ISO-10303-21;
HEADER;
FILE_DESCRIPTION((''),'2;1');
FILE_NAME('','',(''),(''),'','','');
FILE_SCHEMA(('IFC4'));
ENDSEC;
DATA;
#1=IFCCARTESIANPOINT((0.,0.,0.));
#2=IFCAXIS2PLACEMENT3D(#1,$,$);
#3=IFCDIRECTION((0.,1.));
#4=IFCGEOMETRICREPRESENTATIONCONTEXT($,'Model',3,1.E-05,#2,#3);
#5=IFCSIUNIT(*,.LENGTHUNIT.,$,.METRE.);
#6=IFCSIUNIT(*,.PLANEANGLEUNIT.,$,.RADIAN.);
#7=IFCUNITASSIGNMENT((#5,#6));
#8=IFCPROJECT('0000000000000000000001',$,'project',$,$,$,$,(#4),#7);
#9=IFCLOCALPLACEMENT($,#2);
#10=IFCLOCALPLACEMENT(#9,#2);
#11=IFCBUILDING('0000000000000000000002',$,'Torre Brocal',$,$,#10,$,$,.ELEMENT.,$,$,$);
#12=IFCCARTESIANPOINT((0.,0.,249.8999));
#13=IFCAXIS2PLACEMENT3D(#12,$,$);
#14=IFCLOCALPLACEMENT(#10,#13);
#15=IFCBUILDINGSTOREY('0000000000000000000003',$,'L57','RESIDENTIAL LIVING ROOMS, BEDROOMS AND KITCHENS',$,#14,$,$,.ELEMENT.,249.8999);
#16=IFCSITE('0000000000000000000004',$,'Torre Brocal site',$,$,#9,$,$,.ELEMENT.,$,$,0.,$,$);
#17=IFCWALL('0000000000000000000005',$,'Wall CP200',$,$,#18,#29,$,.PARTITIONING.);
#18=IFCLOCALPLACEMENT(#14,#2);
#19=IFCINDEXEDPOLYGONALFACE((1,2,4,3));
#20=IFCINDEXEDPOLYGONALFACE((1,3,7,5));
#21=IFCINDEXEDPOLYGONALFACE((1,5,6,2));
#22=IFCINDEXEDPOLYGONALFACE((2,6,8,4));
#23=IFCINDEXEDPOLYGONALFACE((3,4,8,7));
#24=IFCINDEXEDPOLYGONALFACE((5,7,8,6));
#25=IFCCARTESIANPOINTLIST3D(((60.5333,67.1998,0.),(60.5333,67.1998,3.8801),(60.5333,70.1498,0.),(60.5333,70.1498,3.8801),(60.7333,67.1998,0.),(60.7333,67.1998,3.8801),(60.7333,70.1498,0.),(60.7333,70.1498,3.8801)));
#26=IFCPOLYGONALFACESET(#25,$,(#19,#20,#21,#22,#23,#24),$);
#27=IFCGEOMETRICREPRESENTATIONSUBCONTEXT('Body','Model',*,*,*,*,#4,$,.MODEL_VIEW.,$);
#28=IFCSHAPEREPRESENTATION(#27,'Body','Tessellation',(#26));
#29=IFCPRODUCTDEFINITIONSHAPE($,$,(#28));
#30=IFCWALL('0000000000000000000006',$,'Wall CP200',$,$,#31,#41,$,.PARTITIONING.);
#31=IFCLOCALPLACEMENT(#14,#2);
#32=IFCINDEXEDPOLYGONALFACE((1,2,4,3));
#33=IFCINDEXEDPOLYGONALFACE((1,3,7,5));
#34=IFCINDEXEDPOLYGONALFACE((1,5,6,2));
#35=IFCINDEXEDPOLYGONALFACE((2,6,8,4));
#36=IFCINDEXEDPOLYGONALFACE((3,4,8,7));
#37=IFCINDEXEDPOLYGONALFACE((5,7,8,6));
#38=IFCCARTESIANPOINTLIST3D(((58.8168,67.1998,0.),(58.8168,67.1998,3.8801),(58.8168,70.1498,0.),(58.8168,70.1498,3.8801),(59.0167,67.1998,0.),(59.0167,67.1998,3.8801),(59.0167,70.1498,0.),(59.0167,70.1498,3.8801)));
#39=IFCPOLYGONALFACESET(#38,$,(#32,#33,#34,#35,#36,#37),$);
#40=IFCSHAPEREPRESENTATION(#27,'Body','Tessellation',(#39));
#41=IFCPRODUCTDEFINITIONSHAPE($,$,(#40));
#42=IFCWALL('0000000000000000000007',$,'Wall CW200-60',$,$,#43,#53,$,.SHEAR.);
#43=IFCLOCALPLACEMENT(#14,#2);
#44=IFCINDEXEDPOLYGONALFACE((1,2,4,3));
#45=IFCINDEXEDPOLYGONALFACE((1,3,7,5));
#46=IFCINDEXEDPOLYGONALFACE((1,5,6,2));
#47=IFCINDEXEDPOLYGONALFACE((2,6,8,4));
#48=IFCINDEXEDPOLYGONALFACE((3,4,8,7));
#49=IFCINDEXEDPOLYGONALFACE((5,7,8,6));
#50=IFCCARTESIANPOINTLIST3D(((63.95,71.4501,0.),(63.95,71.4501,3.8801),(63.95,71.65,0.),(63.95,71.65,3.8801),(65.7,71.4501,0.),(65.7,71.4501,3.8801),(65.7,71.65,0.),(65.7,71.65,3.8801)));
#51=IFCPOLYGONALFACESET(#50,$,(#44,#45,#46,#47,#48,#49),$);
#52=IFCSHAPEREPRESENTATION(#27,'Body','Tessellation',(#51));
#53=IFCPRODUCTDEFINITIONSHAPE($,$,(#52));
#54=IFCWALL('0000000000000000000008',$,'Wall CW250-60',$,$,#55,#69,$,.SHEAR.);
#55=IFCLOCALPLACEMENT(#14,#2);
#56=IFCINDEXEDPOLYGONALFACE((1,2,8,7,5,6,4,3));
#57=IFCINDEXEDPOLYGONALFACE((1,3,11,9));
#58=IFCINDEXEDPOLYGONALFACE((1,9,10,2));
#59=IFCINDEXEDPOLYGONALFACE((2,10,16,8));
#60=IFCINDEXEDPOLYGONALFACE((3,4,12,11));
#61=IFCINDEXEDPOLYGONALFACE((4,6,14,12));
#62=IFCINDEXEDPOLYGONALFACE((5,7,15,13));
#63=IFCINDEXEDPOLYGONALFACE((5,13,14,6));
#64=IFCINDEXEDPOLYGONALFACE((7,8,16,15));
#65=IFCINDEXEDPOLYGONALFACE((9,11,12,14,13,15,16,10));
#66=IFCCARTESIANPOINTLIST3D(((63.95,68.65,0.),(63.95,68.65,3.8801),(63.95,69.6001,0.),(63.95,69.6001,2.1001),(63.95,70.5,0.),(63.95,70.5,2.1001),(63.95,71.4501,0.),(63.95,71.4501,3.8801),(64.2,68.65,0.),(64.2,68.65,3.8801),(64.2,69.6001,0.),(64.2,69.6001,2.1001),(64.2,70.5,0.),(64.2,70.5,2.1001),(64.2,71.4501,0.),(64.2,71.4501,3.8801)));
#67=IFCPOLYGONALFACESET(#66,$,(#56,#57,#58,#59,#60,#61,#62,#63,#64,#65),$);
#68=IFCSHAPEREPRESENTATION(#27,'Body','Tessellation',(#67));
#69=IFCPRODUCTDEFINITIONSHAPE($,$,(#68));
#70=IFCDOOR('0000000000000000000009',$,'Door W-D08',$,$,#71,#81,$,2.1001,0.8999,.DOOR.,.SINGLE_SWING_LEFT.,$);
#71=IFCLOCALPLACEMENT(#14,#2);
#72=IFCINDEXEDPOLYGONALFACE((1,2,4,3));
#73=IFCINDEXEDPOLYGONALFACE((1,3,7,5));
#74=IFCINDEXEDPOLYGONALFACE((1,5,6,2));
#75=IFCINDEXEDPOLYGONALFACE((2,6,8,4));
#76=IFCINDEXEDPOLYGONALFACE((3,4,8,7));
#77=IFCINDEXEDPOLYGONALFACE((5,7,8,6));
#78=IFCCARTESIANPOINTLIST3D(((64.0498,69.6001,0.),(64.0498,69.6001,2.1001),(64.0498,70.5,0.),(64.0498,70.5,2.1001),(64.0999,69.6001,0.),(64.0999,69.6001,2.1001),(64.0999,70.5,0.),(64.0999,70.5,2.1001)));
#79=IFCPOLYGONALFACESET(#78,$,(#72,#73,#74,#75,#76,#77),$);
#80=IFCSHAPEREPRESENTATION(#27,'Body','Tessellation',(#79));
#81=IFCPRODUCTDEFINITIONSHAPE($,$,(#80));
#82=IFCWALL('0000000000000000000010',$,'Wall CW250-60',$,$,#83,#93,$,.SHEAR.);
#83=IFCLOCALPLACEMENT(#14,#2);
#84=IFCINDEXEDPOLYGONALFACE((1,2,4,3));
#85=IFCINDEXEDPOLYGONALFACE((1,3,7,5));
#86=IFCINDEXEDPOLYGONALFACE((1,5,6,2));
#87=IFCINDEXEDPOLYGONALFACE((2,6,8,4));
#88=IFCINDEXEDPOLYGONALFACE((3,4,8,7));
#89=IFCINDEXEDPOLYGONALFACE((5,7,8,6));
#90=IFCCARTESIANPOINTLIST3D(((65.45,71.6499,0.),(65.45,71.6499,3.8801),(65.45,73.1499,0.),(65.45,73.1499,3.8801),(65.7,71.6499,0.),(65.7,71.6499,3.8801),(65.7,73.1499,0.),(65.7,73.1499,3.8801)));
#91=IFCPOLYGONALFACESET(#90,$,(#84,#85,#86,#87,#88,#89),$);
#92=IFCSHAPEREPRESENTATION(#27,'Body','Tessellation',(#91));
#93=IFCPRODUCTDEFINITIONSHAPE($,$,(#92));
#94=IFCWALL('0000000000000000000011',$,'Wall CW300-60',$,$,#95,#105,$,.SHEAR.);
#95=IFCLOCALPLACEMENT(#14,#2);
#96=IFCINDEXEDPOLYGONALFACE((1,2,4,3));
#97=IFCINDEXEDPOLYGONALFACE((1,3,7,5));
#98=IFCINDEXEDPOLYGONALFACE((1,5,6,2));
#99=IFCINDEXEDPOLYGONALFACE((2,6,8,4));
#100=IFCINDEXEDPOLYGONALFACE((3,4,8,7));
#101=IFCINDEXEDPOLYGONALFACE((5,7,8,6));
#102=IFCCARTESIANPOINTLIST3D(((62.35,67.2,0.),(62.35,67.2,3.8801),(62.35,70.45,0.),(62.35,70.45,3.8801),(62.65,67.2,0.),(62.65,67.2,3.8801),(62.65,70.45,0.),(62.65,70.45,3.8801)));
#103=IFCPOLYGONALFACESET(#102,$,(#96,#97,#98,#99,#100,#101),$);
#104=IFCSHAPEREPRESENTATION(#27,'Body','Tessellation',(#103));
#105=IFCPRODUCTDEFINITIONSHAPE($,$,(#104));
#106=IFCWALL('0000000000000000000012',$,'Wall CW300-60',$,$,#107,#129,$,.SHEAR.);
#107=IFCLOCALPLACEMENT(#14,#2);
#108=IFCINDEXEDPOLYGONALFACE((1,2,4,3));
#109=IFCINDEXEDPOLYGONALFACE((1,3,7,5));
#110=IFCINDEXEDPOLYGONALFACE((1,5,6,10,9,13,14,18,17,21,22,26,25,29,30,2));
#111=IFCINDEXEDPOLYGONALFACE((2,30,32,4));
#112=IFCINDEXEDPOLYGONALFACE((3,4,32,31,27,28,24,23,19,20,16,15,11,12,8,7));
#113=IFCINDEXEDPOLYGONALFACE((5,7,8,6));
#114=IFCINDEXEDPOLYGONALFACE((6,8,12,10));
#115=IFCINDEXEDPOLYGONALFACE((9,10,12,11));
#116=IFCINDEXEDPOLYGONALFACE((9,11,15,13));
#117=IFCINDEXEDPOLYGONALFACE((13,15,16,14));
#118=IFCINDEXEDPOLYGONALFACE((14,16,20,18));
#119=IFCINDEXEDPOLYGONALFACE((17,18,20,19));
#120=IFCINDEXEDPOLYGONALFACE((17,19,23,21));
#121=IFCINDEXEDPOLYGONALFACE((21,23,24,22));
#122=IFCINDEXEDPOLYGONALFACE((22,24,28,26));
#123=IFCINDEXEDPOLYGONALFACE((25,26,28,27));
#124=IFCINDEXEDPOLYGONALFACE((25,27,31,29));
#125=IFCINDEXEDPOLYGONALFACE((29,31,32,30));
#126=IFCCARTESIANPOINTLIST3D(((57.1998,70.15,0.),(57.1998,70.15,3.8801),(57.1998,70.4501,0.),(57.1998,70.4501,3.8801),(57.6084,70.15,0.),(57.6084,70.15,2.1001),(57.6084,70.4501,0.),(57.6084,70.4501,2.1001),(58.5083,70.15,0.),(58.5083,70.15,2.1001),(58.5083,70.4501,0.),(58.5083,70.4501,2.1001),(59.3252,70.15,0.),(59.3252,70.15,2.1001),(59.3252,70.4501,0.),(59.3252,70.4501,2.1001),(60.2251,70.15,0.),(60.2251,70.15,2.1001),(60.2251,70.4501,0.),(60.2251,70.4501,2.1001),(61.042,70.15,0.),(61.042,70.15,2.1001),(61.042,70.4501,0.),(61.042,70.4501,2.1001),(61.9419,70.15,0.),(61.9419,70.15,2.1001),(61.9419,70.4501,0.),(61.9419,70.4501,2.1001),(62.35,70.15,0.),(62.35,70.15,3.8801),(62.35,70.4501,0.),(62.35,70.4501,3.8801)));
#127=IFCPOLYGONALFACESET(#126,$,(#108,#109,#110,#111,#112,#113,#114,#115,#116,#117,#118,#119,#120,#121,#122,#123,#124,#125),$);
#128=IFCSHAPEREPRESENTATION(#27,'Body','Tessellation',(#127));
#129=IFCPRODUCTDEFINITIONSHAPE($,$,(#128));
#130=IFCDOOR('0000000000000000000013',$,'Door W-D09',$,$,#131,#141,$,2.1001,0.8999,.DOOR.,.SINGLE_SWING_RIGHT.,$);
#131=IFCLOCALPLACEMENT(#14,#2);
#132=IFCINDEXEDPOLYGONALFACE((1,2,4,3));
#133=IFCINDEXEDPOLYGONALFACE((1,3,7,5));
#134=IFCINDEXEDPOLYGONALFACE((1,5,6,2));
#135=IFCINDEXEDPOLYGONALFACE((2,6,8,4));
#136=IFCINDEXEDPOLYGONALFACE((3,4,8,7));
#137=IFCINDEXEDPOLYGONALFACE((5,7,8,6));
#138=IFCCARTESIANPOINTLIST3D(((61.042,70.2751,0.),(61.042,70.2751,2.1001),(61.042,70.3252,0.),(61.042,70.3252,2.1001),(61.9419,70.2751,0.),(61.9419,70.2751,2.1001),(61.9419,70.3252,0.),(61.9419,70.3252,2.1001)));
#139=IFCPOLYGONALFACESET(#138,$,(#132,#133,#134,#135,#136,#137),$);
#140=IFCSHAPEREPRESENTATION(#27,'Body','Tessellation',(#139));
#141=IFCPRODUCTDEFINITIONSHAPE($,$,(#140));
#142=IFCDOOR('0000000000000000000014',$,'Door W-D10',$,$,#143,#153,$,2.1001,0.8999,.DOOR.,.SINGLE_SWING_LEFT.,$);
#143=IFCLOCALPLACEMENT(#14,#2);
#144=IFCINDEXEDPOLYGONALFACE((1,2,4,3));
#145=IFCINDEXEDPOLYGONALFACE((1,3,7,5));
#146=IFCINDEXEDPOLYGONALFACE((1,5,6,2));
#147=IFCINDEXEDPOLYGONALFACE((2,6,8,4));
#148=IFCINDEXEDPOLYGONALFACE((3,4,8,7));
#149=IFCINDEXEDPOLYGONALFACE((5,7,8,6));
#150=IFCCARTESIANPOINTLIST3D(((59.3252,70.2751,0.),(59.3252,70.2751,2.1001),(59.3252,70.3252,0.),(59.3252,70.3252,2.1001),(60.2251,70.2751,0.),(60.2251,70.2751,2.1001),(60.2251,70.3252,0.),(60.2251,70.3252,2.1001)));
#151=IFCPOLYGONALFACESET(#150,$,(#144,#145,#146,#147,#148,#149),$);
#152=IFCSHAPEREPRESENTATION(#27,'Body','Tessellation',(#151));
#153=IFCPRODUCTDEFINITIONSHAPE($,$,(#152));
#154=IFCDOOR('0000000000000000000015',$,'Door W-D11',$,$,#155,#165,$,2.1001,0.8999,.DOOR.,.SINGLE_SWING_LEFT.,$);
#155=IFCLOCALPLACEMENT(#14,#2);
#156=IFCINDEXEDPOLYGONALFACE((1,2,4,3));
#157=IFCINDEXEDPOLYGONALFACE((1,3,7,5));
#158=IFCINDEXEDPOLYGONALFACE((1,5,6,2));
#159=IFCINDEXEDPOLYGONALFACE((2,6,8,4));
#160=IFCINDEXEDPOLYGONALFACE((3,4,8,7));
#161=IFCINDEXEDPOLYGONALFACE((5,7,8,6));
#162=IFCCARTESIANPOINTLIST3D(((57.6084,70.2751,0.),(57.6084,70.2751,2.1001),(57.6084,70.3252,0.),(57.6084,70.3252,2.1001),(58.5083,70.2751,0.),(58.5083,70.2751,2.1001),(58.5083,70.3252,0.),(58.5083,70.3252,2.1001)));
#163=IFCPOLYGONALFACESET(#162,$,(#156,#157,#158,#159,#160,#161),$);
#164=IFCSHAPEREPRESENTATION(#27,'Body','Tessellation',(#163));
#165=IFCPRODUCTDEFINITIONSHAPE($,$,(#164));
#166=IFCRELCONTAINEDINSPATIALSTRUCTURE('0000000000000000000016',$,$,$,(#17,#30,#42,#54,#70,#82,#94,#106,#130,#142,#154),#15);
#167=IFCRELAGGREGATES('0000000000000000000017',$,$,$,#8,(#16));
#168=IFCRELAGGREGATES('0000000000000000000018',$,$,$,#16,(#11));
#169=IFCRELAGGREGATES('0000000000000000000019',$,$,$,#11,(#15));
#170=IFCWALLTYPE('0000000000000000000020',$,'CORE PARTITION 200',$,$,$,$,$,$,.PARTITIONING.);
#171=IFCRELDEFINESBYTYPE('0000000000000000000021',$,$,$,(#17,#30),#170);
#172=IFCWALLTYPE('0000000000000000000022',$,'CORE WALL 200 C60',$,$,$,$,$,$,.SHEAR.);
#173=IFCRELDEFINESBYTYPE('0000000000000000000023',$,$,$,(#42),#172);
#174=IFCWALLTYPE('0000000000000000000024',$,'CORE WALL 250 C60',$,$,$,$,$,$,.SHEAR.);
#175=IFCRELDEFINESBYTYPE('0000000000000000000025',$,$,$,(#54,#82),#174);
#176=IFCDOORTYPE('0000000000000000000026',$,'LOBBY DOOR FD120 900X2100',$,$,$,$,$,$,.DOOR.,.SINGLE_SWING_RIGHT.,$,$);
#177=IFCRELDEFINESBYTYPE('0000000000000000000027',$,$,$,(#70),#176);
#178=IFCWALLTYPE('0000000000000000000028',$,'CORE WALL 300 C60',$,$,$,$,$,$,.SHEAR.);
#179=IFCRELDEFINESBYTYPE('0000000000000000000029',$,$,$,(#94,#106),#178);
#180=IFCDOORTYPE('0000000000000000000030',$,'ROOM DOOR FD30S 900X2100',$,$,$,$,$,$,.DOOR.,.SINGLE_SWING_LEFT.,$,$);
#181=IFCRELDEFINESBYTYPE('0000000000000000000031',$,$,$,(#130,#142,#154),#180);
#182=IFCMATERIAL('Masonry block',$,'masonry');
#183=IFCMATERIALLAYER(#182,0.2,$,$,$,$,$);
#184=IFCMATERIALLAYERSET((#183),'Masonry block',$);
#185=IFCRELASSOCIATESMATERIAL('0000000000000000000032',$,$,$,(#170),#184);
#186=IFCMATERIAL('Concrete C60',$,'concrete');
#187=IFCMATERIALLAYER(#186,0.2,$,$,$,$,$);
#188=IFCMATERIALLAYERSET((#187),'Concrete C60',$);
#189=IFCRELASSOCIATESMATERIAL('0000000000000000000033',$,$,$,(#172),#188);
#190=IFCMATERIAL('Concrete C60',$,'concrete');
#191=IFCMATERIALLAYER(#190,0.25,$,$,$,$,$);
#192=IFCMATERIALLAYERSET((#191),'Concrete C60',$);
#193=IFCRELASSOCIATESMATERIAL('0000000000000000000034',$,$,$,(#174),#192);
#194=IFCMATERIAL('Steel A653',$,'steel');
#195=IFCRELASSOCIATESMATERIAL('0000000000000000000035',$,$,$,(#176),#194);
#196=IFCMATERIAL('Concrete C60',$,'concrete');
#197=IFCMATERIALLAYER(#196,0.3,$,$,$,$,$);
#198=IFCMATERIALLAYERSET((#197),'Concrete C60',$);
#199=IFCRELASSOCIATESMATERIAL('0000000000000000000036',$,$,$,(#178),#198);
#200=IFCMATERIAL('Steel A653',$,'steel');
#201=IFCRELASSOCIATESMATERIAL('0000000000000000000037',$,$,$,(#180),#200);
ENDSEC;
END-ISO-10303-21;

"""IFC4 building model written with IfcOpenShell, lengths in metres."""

from ifc_helpers import new_model, si_unit, direction, frame, frame_2d, origin, place, context, subcontext, project, spatial, rectangle, extrude, material, layer, layer_set, type_object, element, fill, save


model = new_model("IFC4")

# Units and contexts
model_context = context("Model", 3, precision=1e-05, world=origin(), true_north=direction((0.0, 1.0)))
body_context = subcontext(model_context, "Body", "Model", "MODEL_VIEW")
ifc_project = project(units=[si_unit("LENGTHUNIT", "METRE"), si_unit("PLANEANGLEUNIT", "RADIAN")], contexts=[model_context])

# Site, building, storey
site_placement = place(None, origin())
site = spatial("IfcSite", under=ifc_project, at=site_placement, Name="Torre Brocal site", CompositionType="ELEMENT", RefElevation=0.0)
building_placement = place(site_placement, origin())
building = spatial("IfcBuilding", under=site, at=building_placement, Name="Torre Brocal", CompositionType="ELEMENT")
storey_placement = place(building_placement, frame((0.0, 0.0, 249.8999)))
storey = spatial("IfcBuildingStorey", under=building, at=storey_placement, Name="L57", Description="RESIDENTIAL LIVING ROOMS, BEDROOMS AND KITCHENS", CompositionType="ELEMENT", Elevation=249.8999)

# Walls
ifc_material_1 = material(Name="Masonry block", Category="masonry")
ifc_layer_1 = layer(ifc_material_1, 0.2)
ifc_layer_set_1 = layer_set([ifc_layer_1], Name="Masonry block")
wall_type_1 = type_object("IfcWallType", Name="CORE PARTITION 200", PredefinedType="PARTITIONING", material=ifc_layer_set_1)
for number, where, z_axis, x_axis, name in (
    (1, (60.6333, 70.1499, 0.0), (0.0, 0.0, 1.0), (0.0, -1.0, 0.0), "Wall CP200"),
    (2, (58.9167, 70.1499, 0.0), (0.0, 0.0, 1.0), (0.0, -1.0, 0.0), "Wall CP200"),
):
    element("IfcWall", number, at=place(storey_placement, frame(where, z_axis=z_axis, x_axis=x_axis)), inside=storey, type_object=wall_type_1, Name=name, PredefinedType="PARTITIONING", context=body_context, shape_type="SweptSolid", body=[
        extrude(rectangle(XDim=2.95, YDim=0.2, at=frame_2d((1.4751, 0.0))), origin(), (0.0, 0.0, 1.0), 3.8801),
    ])
ifc_material_2 = material(Name="Concrete C60", Category="concrete")
ifc_layer_2 = layer(ifc_material_2, 0.2)
ifc_layer_set_2 = layer_set([ifc_layer_2], Name="Concrete C60")
wall_type_2 = type_object("IfcWallType", Name="CORE WALL 200 C60", PredefinedType="SHEAR", material=ifc_layer_set_2)
wall_1_placement = place(storey_placement, frame((65.7, 71.55, 0.0), z_axis=(0.0, 0.0, 1.0), x_axis=(-1.0, 0.0, 0.0)))
element("IfcWall", 3, at=wall_1_placement, inside=storey, type_object=wall_type_2, Name="Wall CW200-60", PredefinedType="SHEAR", context=body_context, shape_type="SweptSolid", body=[
    extrude(rectangle(XDim=1.75, YDim=0.2, at=frame_2d((0.875, 0.0))), origin(), (0.0, 0.0, 1.0), 3.8801),
])

# Wall, opening, door
ifc_material_3 = material(Name="Concrete C60", Category="concrete")
ifc_layer_3 = layer(ifc_material_3, 0.25)
ifc_layer_set_3 = layer_set([ifc_layer_3], Name="Concrete C60")
wall_type_3 = type_object("IfcWallType", Name="CORE WALL 250 C60", PredefinedType="SHEAR", material=ifc_layer_set_3)
wall_2_placement = place(storey_placement, frame((64.075, 71.45, 0.0), z_axis=(0.0, 0.0, 1.0), x_axis=(0.0, -1.0, 0.0)))
wall_2 = element("IfcWall", 4, at=wall_2_placement, inside=storey, type_object=wall_type_3, Name="Wall CW250-60", PredefinedType="SHEAR", context=body_context, shape_type="SweptSolid", body=[
    extrude(rectangle(XDim=2.8, YDim=0.25, at=frame_2d((1.3999, 0.0))), origin(), (0.0, 0.0, 1.0), 3.8801),
])
opening_1_placement = place(wall_2_placement, frame((0.95, 0.0, 0.0)))
opening_1 = element("IfcOpeningElement", 5, at=opening_1_placement, cuts=wall_2, PredefinedType="OPENING", context=body_context, shape_type="SweptSolid", body=[
    extrude(rectangle(XDim=0.8999, YDim=2.1001, at=frame_2d((0.45, 1.05))), frame((0.0, 0.135, 0.0), z_axis=(0.0, -1.0, 0.0), x_axis=(1.0, 0.0, 0.0)), (0.0, 0.0, 1.0), 0.27),
])
ifc_material_4 = material(Name="Steel A653", Category="steel")
door_type_1 = type_object("IfcDoorType", Name="LOBBY DOOR FD120 900X2100", OperationType="SINGLE_SWING_RIGHT", PredefinedType="DOOR", material=ifc_material_4)
door_1_placement = place(opening_1_placement, origin())
door_1 = element("IfcDoor", 6, at=door_1_placement, inside=storey, type_object=door_type_1, Name="Door W-D08", OperationType="SINGLE_SWING_LEFT", OverallHeight=2.1001, OverallWidth=0.8999, PredefinedType="DOOR", context=body_context, shape_type="SweptSolid", body=[
    extrude(rectangle(XDim=0.8999, YDim=2.1001, at=frame_2d((0.45, 1.05))), frame((0.0, 0.0249, 0.0), z_axis=(0.0, -1.0, 0.0), x_axis=(1.0, 0.0, 0.0)), (0.0, 0.0, 1.0), 0.05),
])
fill(opening_1, door_1)

# Walls
wall_3_placement = place(storey_placement, frame((65.575, 73.1499, 0.0), z_axis=(0.0, 0.0, 1.0), x_axis=(0.0, -1.0, 0.0)))
element("IfcWall", 7, at=wall_3_placement, inside=storey, type_object=wall_type_3, Name="Wall CW250-60", PredefinedType="SHEAR", context=body_context, shape_type="SweptSolid", body=[
    extrude(rectangle(XDim=1.5, YDim=0.25, at=frame_2d((0.75, 0.0))), origin(), (0.0, 0.0, 1.0), 3.8801),
])
ifc_material_5 = material(Name="Concrete C60", Category="concrete")
ifc_layer_4 = layer(ifc_material_5, 0.3)
ifc_layer_set_4 = layer_set([ifc_layer_4], Name="Concrete C60")
wall_type_4 = type_object("IfcWallType", Name="CORE WALL 300 C60", PredefinedType="SHEAR", material=ifc_layer_set_4)
wall_4_placement = place(storey_placement, frame((62.5, 70.45, 0.0), z_axis=(0.0, 0.0, 1.0), x_axis=(0.0, -1.0, 0.0)))
element("IfcWall", 8, at=wall_4_placement, inside=storey, type_object=wall_type_4, Name="Wall CW300-60", PredefinedType="SHEAR", context=body_context, shape_type="SweptSolid", body=[
    extrude(rectangle(XDim=3.25, YDim=0.3, at=frame_2d((1.625, 0.0))), origin(), (0.0, 0.0, 1.0), 3.8801),
])

# Wall, openings, doors
wall_5_placement = place(storey_placement, frame((62.3501, 70.3, 0.0), z_axis=(0.0, 0.0, 1.0), x_axis=(-1.0, 0.0, 0.0)))
wall_5 = element("IfcWall", 9, at=wall_5_placement, inside=storey, type_object=wall_type_4, Name="Wall CW300-60", PredefinedType="SHEAR", context=body_context, shape_type="SweptSolid", body=[
    extrude(rectangle(XDim=5.1501, YDim=0.3, at=frame_2d((2.5752, 0.0))), origin(), (0.0, 0.0, 1.0), 3.8801),
])
opening_2_placement = place(wall_5_placement, frame((0.4082, 0.0, 0.0)))
opening_2 = element("IfcOpeningElement", 10, at=opening_2_placement, cuts=wall_5, PredefinedType="OPENING", context=body_context, shape_type="SweptSolid", body=[
    extrude(rectangle(XDim=0.8999, YDim=2.1001, at=frame_2d((0.45, 1.05))), frame((0.0, 0.1599, 0.0), z_axis=(0.0, -1.0, 0.0), x_axis=(1.0, 0.0, 0.0)), (0.0, 0.0, 1.0), 0.3201),
])
opening_3_placement = place(wall_5_placement, frame((2.125, 0.0, 0.0)))
opening_3 = element("IfcOpeningElement", 11, at=opening_3_placement, cuts=wall_5, PredefinedType="OPENING", context=body_context, shape_type="SweptSolid", body=[
    extrude(rectangle(XDim=0.8999, YDim=2.1001, at=frame_2d((0.45, 1.05))), frame((0.0, 0.1599, 0.0), z_axis=(0.0, -1.0, 0.0), x_axis=(1.0, 0.0, 0.0)), (0.0, 0.0, 1.0), 0.3201),
])
opening_4_placement = place(wall_5_placement, frame((3.8418, 0.0, 0.0)))
opening_4 = element("IfcOpeningElement", 12, at=opening_4_placement, cuts=wall_5, PredefinedType="OPENING", context=body_context, shape_type="SweptSolid", body=[
    extrude(rectangle(XDim=0.8999, YDim=2.1001, at=frame_2d((0.45, 1.05))), frame((0.0, 0.1599, 0.0), z_axis=(0.0, -1.0, 0.0), x_axis=(1.0, 0.0, 0.0)), (0.0, 0.0, 1.0), 0.3201),
])
ifc_material_6 = material(Name="Steel A653", Category="steel")
door_type_2 = type_object("IfcDoorType", Name="ROOM DOOR FD30S 900X2100", OperationType="SINGLE_SWING_LEFT", PredefinedType="DOOR", material=ifc_material_6)
door_2_placement = place(opening_2_placement, origin())
door_2 = element("IfcDoor", 13, at=door_2_placement, inside=storey, type_object=door_type_2, Name="Door W-D09", OperationType="SINGLE_SWING_RIGHT", OverallHeight=2.1001, OverallWidth=0.8999, PredefinedType="DOOR", context=body_context, shape_type="SweptSolid", body=[
    extrude(rectangle(XDim=0.8999, YDim=2.1001, at=frame_2d((0.45, 1.05))), frame((0.0, 0.0249, 0.0), z_axis=(0.0, -1.0, 0.0), x_axis=(1.0, 0.0, 0.0)), (0.0, 0.0, 1.0), 0.05),
])
fill(opening_2, door_2)
door_3_placement = place(opening_3_placement, origin())
door_3 = element("IfcDoor", 14, at=door_3_placement, inside=storey, type_object=door_type_2, Name="Door W-D10", OperationType="SINGLE_SWING_LEFT", OverallHeight=2.1001, OverallWidth=0.8999, PredefinedType="DOOR", context=body_context, shape_type="SweptSolid", body=[
    extrude(rectangle(XDim=0.8999, YDim=2.1001, at=frame_2d((0.45, 1.05))), frame((0.0, 0.0249, 0.0), z_axis=(0.0, -1.0, 0.0), x_axis=(1.0, 0.0, 0.0)), (0.0, 0.0, 1.0), 0.05),
])
fill(opening_3, door_3)
door_4_placement = place(opening_4_placement, origin())
door_4 = element("IfcDoor", 15, at=door_4_placement, inside=storey, type_object=door_type_2, Name="Door W-D11", OperationType="SINGLE_SWING_LEFT", OverallHeight=2.1001, OverallWidth=0.8999, PredefinedType="DOOR", context=body_context, shape_type="SweptSolid", body=[
    extrude(rectangle(XDim=0.8999, YDim=2.1001, at=frame_2d((0.45, 1.05))), frame((0.0, 0.0249, 0.0), z_axis=(0.0, -1.0, 0.0), x_axis=(1.0, 0.0, 0.0)), (0.0, 0.0, 1.0), 0.05),
])
fill(opening_4, door_4)

save(model, "model.ifc")
